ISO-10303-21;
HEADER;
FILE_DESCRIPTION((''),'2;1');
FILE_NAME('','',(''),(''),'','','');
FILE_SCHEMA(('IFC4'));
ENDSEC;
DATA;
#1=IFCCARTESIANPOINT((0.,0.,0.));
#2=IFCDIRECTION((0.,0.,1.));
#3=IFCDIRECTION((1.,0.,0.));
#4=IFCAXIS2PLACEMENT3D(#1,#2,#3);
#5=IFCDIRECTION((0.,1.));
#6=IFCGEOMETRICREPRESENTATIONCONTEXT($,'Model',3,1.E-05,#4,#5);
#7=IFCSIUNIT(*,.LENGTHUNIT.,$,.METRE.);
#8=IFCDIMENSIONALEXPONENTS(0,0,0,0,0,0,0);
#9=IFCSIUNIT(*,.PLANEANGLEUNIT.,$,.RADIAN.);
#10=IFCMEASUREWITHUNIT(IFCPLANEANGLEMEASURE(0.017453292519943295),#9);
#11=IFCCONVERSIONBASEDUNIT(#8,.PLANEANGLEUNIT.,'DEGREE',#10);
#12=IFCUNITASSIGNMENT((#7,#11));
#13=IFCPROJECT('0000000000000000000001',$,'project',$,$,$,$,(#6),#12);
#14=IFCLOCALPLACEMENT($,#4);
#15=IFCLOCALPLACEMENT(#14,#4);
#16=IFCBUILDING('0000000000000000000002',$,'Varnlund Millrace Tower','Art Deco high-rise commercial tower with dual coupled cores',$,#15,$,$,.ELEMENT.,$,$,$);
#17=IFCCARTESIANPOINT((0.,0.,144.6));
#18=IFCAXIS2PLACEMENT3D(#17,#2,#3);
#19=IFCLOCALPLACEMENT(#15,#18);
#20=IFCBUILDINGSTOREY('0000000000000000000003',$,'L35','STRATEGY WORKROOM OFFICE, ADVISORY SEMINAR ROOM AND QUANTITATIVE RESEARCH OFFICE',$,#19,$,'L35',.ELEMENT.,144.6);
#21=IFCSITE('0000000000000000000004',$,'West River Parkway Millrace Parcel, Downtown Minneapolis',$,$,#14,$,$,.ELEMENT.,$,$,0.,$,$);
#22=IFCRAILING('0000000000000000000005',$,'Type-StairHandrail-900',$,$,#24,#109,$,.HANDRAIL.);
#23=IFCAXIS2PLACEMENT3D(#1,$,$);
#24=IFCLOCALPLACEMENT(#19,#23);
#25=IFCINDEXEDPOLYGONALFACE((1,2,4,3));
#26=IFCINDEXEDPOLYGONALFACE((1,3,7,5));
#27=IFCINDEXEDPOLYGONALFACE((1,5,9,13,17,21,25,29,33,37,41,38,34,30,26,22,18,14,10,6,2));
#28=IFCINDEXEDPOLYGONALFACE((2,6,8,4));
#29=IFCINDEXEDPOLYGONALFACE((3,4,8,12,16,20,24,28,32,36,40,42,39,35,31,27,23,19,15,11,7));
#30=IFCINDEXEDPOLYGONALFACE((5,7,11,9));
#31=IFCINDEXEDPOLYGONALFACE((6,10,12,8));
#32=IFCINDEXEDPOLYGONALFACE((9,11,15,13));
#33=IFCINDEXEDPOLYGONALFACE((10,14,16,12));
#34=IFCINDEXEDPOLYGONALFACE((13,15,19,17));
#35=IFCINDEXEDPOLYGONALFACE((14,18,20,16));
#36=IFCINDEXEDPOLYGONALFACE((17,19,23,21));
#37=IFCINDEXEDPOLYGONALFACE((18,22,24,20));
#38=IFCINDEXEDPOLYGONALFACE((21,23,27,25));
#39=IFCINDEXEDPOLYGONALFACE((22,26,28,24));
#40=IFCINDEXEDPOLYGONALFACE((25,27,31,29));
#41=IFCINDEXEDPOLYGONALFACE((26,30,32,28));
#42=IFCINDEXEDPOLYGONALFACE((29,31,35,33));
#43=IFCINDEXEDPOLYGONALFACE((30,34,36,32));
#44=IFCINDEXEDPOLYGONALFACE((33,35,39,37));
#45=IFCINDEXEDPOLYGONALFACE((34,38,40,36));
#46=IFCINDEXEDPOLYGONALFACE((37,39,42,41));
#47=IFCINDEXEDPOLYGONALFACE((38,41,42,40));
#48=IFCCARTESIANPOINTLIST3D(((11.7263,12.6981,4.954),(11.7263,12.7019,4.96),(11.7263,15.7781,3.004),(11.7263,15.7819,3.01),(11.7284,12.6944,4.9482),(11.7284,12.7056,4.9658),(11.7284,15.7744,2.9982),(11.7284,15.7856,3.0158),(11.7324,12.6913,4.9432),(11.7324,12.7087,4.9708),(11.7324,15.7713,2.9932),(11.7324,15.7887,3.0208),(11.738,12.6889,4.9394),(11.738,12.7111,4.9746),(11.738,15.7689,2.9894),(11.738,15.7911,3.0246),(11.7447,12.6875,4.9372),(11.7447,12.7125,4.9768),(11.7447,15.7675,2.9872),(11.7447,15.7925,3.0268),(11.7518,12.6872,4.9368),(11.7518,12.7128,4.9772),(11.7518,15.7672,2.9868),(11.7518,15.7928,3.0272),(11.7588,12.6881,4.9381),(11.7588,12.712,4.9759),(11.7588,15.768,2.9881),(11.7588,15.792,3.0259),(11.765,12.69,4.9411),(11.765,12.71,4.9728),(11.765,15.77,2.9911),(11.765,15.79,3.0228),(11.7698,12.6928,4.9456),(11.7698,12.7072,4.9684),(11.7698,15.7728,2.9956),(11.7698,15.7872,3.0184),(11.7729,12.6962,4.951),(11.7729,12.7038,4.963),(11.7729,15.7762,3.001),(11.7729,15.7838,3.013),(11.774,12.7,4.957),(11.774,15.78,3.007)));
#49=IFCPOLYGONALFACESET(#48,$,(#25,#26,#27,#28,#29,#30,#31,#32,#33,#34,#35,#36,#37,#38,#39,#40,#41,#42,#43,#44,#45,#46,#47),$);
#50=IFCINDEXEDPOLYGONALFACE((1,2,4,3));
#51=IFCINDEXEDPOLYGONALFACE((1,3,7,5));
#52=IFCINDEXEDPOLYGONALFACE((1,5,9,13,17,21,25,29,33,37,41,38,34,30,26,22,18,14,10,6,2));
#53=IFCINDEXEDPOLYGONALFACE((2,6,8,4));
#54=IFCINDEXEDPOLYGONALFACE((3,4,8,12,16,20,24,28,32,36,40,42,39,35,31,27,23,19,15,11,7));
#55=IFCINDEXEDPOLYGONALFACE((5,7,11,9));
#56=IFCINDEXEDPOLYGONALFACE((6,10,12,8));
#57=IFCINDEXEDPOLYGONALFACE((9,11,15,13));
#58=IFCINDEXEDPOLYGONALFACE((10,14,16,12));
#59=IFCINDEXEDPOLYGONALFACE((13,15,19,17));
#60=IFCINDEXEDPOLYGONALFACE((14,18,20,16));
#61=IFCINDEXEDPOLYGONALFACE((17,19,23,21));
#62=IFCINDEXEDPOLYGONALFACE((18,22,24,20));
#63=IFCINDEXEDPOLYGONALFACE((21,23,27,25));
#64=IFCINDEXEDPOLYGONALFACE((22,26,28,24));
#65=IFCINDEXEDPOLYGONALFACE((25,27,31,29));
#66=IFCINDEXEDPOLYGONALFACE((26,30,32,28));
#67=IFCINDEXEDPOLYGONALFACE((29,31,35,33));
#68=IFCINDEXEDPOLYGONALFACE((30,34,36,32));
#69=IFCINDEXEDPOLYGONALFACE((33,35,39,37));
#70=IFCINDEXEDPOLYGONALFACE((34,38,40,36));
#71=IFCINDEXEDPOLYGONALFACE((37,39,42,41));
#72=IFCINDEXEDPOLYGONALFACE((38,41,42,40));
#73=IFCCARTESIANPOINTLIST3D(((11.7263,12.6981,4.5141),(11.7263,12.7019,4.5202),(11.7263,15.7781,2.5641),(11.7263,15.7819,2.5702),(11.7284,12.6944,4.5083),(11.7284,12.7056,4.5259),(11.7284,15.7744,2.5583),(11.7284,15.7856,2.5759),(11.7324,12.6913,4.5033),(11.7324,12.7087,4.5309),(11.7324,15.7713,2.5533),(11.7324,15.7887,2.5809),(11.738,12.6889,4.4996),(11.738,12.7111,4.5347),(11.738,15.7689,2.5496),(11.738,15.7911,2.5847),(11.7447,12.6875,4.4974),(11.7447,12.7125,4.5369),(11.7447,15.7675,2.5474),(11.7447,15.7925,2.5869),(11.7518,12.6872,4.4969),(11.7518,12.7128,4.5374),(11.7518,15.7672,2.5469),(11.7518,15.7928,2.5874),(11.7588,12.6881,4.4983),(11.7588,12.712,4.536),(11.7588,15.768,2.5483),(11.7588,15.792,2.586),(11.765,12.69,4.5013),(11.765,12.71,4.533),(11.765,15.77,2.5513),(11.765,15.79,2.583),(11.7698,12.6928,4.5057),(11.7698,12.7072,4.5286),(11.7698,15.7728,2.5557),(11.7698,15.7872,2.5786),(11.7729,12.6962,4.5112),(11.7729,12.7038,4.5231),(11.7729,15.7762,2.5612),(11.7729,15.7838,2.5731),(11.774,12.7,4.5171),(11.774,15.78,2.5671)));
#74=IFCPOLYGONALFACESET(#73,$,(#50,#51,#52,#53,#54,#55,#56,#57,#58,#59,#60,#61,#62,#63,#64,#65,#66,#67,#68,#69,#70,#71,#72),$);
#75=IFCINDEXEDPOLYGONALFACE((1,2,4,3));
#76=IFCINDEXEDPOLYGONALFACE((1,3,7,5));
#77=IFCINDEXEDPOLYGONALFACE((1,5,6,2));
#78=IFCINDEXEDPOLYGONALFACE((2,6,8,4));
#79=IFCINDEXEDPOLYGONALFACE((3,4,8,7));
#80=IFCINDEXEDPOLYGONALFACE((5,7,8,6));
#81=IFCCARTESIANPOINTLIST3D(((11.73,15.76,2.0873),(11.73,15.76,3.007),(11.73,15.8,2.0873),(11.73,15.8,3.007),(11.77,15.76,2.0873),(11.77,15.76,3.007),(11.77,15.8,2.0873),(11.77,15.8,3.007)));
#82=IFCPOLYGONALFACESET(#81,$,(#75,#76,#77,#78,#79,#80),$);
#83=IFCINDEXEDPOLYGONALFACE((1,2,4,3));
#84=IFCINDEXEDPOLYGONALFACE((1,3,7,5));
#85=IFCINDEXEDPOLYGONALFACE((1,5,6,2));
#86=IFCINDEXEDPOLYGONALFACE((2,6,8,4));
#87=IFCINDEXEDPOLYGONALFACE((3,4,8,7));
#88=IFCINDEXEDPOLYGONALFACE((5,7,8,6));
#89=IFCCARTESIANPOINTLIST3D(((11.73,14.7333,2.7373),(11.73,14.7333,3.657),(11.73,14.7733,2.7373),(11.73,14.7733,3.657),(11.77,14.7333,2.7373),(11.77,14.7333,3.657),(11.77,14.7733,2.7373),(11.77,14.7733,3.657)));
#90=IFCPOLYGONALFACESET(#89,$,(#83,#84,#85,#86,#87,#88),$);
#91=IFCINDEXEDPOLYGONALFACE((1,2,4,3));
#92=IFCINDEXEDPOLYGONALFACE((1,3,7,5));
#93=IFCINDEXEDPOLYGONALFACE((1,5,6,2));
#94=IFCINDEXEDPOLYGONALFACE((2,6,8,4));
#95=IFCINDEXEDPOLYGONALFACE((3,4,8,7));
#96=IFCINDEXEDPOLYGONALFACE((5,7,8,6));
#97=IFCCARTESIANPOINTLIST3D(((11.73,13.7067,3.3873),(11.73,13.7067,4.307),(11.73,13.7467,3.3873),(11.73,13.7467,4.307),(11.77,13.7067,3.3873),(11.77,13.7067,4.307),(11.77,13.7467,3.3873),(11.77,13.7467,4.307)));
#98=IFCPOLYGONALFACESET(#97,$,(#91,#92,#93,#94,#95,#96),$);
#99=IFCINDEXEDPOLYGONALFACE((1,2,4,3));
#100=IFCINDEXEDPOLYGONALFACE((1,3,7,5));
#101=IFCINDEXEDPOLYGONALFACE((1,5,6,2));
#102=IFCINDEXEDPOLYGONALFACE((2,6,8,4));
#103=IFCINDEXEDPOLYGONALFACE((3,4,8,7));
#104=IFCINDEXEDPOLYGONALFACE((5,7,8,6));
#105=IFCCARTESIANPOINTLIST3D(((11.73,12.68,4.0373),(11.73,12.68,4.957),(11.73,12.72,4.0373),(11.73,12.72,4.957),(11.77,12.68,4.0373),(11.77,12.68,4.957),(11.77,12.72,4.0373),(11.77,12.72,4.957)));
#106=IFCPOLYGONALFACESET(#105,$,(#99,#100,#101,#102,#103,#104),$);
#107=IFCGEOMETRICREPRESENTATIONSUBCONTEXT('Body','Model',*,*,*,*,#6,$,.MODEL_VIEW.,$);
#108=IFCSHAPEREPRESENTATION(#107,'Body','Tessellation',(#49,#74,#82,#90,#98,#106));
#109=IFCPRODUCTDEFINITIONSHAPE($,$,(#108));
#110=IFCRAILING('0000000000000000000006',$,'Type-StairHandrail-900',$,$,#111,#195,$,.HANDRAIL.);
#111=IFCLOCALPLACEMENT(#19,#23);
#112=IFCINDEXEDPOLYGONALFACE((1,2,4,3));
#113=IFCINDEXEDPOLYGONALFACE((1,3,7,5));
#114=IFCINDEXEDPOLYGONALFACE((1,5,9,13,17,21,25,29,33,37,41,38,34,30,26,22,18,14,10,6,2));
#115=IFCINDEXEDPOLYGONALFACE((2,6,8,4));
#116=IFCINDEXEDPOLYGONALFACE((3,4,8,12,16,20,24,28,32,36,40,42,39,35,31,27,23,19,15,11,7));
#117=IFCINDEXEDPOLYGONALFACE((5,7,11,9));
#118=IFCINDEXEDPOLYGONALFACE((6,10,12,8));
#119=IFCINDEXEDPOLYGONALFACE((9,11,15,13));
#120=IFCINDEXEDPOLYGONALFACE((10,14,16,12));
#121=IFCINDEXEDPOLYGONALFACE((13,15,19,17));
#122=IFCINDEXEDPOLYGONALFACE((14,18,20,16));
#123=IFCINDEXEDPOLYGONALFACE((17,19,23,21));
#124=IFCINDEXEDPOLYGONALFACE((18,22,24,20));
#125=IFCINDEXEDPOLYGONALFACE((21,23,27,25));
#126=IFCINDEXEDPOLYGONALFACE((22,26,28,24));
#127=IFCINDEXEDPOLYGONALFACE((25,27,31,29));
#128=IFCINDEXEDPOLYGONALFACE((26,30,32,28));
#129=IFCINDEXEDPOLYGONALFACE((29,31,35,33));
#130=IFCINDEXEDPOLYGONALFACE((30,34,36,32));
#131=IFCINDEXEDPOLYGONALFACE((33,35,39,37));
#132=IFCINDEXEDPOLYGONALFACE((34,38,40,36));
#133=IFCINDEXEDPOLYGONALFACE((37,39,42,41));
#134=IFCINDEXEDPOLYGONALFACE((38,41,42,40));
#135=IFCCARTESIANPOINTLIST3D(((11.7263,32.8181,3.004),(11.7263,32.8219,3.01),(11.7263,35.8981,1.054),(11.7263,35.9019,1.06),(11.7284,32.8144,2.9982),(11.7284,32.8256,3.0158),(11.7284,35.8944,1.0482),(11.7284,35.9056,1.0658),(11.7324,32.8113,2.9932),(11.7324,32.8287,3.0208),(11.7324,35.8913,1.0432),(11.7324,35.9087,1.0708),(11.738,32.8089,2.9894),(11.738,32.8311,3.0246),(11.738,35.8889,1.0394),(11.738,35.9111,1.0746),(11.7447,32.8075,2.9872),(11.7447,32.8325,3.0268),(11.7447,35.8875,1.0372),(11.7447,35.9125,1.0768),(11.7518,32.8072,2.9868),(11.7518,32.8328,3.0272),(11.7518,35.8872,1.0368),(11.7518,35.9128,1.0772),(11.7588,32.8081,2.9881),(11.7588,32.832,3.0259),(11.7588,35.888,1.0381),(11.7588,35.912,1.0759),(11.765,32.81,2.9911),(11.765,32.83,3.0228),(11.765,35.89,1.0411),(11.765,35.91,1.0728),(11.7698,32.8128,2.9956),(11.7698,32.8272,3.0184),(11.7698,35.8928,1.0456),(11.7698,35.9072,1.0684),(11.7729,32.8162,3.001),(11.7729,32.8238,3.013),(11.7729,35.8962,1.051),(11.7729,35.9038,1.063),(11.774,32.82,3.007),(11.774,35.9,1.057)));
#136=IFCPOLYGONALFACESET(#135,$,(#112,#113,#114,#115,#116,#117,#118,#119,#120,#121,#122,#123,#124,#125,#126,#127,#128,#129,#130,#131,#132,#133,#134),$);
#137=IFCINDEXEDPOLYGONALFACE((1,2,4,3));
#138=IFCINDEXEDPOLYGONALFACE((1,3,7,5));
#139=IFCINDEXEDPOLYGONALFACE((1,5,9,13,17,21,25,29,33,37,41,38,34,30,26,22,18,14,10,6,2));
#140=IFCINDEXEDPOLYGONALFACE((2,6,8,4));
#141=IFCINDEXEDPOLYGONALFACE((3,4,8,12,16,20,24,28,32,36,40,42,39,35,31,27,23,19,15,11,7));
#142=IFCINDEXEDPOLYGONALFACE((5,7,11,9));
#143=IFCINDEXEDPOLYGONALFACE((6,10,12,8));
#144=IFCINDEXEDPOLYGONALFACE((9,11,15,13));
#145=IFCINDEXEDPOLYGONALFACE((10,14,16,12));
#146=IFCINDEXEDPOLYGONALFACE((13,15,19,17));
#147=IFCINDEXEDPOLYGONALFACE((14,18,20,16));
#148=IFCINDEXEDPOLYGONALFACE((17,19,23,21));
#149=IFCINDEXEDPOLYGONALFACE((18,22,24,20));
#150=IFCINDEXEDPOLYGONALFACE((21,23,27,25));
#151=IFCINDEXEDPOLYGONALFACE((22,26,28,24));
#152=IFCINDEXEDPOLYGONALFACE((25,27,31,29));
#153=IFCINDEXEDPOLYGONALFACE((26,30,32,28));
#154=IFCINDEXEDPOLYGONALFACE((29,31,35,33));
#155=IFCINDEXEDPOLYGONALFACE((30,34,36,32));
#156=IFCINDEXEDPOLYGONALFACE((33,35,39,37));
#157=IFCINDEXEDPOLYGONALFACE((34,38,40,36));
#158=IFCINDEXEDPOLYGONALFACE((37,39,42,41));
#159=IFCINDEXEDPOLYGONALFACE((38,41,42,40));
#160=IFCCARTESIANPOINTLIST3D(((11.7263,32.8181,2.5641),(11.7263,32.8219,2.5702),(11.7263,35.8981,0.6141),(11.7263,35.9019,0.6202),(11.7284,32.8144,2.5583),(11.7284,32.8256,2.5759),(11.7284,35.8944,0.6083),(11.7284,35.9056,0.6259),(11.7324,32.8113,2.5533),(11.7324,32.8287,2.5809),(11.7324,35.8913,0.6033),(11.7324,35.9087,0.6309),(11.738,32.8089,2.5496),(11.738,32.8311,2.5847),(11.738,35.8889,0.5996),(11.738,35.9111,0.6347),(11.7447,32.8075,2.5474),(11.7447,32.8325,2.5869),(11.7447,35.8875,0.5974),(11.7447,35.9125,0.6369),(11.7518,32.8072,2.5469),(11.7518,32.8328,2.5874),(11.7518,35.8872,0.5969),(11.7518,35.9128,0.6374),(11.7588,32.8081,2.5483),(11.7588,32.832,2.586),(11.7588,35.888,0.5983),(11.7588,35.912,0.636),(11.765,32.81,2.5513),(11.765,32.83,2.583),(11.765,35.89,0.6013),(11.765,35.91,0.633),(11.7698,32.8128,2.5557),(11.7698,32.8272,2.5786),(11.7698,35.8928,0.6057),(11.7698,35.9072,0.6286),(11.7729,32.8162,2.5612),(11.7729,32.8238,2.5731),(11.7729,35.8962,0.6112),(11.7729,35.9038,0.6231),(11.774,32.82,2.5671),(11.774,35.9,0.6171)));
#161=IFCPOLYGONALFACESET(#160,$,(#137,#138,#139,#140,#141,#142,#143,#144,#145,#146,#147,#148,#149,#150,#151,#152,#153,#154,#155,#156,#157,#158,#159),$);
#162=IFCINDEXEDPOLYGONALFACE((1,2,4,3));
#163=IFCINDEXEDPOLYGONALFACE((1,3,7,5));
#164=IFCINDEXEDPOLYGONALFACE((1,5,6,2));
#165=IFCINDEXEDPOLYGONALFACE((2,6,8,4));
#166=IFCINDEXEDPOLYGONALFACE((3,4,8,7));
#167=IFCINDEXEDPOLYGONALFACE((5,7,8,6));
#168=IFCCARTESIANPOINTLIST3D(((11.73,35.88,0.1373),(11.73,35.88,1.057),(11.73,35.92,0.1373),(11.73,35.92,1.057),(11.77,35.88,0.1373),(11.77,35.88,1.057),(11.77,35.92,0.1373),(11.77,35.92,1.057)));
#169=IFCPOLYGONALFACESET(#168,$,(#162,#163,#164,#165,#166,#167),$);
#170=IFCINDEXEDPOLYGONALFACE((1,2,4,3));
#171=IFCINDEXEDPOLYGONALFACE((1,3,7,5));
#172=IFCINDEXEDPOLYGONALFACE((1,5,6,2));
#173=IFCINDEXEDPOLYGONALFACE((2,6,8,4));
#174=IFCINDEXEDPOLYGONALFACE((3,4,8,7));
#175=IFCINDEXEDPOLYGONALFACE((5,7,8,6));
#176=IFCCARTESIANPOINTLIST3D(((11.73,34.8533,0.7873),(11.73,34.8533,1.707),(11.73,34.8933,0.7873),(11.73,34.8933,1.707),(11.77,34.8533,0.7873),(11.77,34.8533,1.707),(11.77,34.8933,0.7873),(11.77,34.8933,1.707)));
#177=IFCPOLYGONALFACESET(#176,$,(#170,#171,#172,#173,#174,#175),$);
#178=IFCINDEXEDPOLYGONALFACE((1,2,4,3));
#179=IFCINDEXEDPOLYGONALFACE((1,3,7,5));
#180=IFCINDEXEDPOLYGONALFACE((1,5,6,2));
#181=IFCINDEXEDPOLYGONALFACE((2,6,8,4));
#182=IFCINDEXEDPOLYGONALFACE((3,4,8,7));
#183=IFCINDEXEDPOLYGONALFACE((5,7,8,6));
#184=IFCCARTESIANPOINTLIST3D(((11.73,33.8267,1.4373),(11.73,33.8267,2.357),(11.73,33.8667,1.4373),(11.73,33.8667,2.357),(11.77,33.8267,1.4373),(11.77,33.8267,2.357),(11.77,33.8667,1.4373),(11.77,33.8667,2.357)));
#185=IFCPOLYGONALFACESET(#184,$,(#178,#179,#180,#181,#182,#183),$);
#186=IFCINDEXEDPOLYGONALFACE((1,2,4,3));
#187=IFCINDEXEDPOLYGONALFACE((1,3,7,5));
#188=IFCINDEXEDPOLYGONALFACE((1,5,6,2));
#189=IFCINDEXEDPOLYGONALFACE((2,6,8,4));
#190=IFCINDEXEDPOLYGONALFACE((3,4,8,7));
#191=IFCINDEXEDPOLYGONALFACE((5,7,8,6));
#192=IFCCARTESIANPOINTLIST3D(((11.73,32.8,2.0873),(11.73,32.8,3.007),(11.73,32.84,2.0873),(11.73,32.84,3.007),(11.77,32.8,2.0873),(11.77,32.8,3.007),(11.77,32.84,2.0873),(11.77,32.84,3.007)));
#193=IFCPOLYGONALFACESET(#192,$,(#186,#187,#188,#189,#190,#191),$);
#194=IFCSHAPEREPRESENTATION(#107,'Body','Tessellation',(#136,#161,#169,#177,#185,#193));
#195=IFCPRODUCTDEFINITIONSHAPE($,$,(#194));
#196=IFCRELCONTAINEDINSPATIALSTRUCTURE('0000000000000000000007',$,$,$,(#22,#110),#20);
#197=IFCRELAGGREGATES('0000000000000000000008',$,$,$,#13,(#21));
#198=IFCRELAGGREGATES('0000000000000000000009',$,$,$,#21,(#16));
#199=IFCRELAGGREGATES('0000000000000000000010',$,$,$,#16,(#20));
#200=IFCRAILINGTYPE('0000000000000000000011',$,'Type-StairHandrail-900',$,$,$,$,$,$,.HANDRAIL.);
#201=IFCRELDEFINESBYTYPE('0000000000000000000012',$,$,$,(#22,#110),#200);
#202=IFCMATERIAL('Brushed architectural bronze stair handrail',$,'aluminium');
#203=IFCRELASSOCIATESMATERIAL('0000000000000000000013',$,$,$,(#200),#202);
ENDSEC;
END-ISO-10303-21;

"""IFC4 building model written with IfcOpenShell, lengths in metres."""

from ifc_helpers import new_model, entity, si_unit, converted_unit, direction, frame, origin_with_axes, origin_2d_with_axis, place, context, subcontext, project, spatial, rectangle, circle, extrude, material, type_object, element, save


model = new_model("IFC4")

# Units and contexts
model_context = context("Model", 3, precision=1e-05, world=origin_with_axes(), true_north=direction((0.0, 1.0)))
body_context = subcontext(model_context, "Body", "Model", "MODEL_VIEW")
ifc_project = project(units=[si_unit("LENGTHUNIT", "METRE"), converted_unit("PLANEANGLEUNIT", "DEGREE", entity("IfcPlaneAngleMeasure", 0.017453292519943295), si_unit("PLANEANGLEUNIT", "RADIAN"), dimensions=[0, 0, 0, 0, 0, 0, 0])], contexts=[model_context])

# Site, building, storey
site_placement = place(None, origin_with_axes())
site = spatial("IfcSite", under=ifc_project, at=site_placement, Name="West River Parkway Millrace Parcel, Downtown Minneapolis", CompositionType="ELEMENT", RefElevation=0.0)
building_placement = place(site_placement, origin_with_axes())
building = spatial("IfcBuilding", under=site, at=building_placement, Name="Varnlund Millrace Tower", Description="Art Deco high-rise commercial tower with dual coupled cores", CompositionType="ELEMENT")
storey_placement = place(building_placement, frame((0.0, 0.0, 144.6), z_axis=(0.0, 0.0, 1.0), x_axis=(1.0, 0.0, 0.0)))
storey = spatial("IfcBuildingStorey", under=building, at=storey_placement, Name="L35", Description="STRATEGY WORKROOM OFFICE, ADVISORY SEMINAR ROOM AND QUANTITATIVE RESEARCH OFFICE", LongName="L35", CompositionType="ELEMENT", Elevation=144.6)

# Railings
ifc_material_1 = material(Name="Brushed architectural bronze stair handrail", Category="aluminium")
railing_type_1 = type_object("IfcRailingType", Name="Type-StairHandrail-900", PredefinedType="HANDRAIL", material=ifc_material_1)
railing_1_placement = place(storey_placement, frame((0.0, 0.0, -144.6), z_axis=(0.0, 0.0, 1.0), x_axis=(1.0, 0.0, 0.0)))
element("IfcRailing", 1, at=railing_1_placement, inside=storey, type_object=railing_type_1, Name="Type-StairHandrail-900", PredefinedType="HANDRAIL", context=body_context, shape_type="SweptSolid", body=[
    extrude(circle(Radius=0.024, at=origin_2d_with_axis()), frame((11.75, 15.78, 147.607), z_axis=(0.0, -0.844902, 0.534922), x_axis=(1.0, 0.0, 0.0)), (0.0, 0.0, 1.0), 3.6454),
    extrude(circle(Radius=0.024, at=origin_2d_with_axis()), frame((11.75, 15.78, 147.1671), z_axis=(0.0, -0.844902, 0.534922), x_axis=(1.0, 0.0, 0.0)), (0.0, 0.0, 1.0), 3.6454),
    extrude(rectangle(XDim=0.04, YDim=0.04, at=origin_2d_with_axis()), frame((11.75, 15.78, 146.6873), z_axis=(0.0, 0.0, 1.0), x_axis=(1.0, 0.0, 0.0)), (0.0, 0.0, 1.0), 0.9197),
    extrude(rectangle(XDim=0.04, YDim=0.04, at=origin_2d_with_axis()), frame((11.75, 14.7533, 147.3373), z_axis=(0.0, 0.0, 1.0), x_axis=(1.0, 0.0, 0.0)), (0.0, 0.0, 1.0), 0.9197),
    extrude(rectangle(XDim=0.04, YDim=0.04, at=origin_2d_with_axis()), frame((11.75, 13.7267, 147.9873), z_axis=(0.0, 0.0, 1.0), x_axis=(1.0, 0.0, 0.0)), (0.0, 0.0, 1.0), 0.9197),
    extrude(rectangle(XDim=0.04, YDim=0.04, at=origin_2d_with_axis()), frame((11.75, 12.7, 148.6373), z_axis=(0.0, 0.0, 1.0), x_axis=(1.0, 0.0, 0.0)), (0.0, 0.0, 1.0), 0.9197),
])
railing_2_placement = place(storey_placement, frame((0.0, 0.0, -144.6), z_axis=(0.0, 0.0, 1.0), x_axis=(1.0, 0.0, 0.0)))
element("IfcRailing", 2, at=railing_2_placement, inside=storey, type_object=railing_type_1, Name="Type-StairHandrail-900", PredefinedType="HANDRAIL", context=body_context, shape_type="SweptSolid", body=[
    extrude(circle(Radius=0.024, at=origin_2d_with_axis()), frame((11.75, 35.9, 145.657), z_axis=(0.0, -0.844902, 0.534922), x_axis=(1.0, 0.0, 0.0)), (0.0, 0.0, 1.0), 3.6454),
    extrude(circle(Radius=0.024, at=origin_2d_with_axis()), frame((11.75, 35.9, 145.2171), z_axis=(0.0, -0.844902, 0.534922), x_axis=(1.0, 0.0, 0.0)), (0.0, 0.0, 1.0), 3.6454),
    extrude(rectangle(XDim=0.04, YDim=0.04, at=origin_2d_with_axis()), frame((11.75, 35.9, 144.7373), z_axis=(0.0, 0.0, 1.0), x_axis=(1.0, 0.0, 0.0)), (0.0, 0.0, 1.0), 0.9197),
    extrude(rectangle(XDim=0.04, YDim=0.04, at=origin_2d_with_axis()), frame((11.75, 34.8733, 145.3873), z_axis=(0.0, 0.0, 1.0), x_axis=(1.0, 0.0, 0.0)), (0.0, 0.0, 1.0), 0.9197),
    extrude(rectangle(XDim=0.04, YDim=0.04, at=origin_2d_with_axis()), frame((11.75, 33.8467, 146.0373), z_axis=(0.0, 0.0, 1.0), x_axis=(1.0, 0.0, 0.0)), (0.0, 0.0, 1.0), 0.9197),
    extrude(rectangle(XDim=0.04, YDim=0.04, at=origin_2d_with_axis()), frame((11.75, 32.82, 146.6873), z_axis=(0.0, 0.0, 1.0), x_axis=(1.0, 0.0, 0.0)), (0.0, 0.0, 1.0), 0.9197),
])

save(model, "model.ifc")
